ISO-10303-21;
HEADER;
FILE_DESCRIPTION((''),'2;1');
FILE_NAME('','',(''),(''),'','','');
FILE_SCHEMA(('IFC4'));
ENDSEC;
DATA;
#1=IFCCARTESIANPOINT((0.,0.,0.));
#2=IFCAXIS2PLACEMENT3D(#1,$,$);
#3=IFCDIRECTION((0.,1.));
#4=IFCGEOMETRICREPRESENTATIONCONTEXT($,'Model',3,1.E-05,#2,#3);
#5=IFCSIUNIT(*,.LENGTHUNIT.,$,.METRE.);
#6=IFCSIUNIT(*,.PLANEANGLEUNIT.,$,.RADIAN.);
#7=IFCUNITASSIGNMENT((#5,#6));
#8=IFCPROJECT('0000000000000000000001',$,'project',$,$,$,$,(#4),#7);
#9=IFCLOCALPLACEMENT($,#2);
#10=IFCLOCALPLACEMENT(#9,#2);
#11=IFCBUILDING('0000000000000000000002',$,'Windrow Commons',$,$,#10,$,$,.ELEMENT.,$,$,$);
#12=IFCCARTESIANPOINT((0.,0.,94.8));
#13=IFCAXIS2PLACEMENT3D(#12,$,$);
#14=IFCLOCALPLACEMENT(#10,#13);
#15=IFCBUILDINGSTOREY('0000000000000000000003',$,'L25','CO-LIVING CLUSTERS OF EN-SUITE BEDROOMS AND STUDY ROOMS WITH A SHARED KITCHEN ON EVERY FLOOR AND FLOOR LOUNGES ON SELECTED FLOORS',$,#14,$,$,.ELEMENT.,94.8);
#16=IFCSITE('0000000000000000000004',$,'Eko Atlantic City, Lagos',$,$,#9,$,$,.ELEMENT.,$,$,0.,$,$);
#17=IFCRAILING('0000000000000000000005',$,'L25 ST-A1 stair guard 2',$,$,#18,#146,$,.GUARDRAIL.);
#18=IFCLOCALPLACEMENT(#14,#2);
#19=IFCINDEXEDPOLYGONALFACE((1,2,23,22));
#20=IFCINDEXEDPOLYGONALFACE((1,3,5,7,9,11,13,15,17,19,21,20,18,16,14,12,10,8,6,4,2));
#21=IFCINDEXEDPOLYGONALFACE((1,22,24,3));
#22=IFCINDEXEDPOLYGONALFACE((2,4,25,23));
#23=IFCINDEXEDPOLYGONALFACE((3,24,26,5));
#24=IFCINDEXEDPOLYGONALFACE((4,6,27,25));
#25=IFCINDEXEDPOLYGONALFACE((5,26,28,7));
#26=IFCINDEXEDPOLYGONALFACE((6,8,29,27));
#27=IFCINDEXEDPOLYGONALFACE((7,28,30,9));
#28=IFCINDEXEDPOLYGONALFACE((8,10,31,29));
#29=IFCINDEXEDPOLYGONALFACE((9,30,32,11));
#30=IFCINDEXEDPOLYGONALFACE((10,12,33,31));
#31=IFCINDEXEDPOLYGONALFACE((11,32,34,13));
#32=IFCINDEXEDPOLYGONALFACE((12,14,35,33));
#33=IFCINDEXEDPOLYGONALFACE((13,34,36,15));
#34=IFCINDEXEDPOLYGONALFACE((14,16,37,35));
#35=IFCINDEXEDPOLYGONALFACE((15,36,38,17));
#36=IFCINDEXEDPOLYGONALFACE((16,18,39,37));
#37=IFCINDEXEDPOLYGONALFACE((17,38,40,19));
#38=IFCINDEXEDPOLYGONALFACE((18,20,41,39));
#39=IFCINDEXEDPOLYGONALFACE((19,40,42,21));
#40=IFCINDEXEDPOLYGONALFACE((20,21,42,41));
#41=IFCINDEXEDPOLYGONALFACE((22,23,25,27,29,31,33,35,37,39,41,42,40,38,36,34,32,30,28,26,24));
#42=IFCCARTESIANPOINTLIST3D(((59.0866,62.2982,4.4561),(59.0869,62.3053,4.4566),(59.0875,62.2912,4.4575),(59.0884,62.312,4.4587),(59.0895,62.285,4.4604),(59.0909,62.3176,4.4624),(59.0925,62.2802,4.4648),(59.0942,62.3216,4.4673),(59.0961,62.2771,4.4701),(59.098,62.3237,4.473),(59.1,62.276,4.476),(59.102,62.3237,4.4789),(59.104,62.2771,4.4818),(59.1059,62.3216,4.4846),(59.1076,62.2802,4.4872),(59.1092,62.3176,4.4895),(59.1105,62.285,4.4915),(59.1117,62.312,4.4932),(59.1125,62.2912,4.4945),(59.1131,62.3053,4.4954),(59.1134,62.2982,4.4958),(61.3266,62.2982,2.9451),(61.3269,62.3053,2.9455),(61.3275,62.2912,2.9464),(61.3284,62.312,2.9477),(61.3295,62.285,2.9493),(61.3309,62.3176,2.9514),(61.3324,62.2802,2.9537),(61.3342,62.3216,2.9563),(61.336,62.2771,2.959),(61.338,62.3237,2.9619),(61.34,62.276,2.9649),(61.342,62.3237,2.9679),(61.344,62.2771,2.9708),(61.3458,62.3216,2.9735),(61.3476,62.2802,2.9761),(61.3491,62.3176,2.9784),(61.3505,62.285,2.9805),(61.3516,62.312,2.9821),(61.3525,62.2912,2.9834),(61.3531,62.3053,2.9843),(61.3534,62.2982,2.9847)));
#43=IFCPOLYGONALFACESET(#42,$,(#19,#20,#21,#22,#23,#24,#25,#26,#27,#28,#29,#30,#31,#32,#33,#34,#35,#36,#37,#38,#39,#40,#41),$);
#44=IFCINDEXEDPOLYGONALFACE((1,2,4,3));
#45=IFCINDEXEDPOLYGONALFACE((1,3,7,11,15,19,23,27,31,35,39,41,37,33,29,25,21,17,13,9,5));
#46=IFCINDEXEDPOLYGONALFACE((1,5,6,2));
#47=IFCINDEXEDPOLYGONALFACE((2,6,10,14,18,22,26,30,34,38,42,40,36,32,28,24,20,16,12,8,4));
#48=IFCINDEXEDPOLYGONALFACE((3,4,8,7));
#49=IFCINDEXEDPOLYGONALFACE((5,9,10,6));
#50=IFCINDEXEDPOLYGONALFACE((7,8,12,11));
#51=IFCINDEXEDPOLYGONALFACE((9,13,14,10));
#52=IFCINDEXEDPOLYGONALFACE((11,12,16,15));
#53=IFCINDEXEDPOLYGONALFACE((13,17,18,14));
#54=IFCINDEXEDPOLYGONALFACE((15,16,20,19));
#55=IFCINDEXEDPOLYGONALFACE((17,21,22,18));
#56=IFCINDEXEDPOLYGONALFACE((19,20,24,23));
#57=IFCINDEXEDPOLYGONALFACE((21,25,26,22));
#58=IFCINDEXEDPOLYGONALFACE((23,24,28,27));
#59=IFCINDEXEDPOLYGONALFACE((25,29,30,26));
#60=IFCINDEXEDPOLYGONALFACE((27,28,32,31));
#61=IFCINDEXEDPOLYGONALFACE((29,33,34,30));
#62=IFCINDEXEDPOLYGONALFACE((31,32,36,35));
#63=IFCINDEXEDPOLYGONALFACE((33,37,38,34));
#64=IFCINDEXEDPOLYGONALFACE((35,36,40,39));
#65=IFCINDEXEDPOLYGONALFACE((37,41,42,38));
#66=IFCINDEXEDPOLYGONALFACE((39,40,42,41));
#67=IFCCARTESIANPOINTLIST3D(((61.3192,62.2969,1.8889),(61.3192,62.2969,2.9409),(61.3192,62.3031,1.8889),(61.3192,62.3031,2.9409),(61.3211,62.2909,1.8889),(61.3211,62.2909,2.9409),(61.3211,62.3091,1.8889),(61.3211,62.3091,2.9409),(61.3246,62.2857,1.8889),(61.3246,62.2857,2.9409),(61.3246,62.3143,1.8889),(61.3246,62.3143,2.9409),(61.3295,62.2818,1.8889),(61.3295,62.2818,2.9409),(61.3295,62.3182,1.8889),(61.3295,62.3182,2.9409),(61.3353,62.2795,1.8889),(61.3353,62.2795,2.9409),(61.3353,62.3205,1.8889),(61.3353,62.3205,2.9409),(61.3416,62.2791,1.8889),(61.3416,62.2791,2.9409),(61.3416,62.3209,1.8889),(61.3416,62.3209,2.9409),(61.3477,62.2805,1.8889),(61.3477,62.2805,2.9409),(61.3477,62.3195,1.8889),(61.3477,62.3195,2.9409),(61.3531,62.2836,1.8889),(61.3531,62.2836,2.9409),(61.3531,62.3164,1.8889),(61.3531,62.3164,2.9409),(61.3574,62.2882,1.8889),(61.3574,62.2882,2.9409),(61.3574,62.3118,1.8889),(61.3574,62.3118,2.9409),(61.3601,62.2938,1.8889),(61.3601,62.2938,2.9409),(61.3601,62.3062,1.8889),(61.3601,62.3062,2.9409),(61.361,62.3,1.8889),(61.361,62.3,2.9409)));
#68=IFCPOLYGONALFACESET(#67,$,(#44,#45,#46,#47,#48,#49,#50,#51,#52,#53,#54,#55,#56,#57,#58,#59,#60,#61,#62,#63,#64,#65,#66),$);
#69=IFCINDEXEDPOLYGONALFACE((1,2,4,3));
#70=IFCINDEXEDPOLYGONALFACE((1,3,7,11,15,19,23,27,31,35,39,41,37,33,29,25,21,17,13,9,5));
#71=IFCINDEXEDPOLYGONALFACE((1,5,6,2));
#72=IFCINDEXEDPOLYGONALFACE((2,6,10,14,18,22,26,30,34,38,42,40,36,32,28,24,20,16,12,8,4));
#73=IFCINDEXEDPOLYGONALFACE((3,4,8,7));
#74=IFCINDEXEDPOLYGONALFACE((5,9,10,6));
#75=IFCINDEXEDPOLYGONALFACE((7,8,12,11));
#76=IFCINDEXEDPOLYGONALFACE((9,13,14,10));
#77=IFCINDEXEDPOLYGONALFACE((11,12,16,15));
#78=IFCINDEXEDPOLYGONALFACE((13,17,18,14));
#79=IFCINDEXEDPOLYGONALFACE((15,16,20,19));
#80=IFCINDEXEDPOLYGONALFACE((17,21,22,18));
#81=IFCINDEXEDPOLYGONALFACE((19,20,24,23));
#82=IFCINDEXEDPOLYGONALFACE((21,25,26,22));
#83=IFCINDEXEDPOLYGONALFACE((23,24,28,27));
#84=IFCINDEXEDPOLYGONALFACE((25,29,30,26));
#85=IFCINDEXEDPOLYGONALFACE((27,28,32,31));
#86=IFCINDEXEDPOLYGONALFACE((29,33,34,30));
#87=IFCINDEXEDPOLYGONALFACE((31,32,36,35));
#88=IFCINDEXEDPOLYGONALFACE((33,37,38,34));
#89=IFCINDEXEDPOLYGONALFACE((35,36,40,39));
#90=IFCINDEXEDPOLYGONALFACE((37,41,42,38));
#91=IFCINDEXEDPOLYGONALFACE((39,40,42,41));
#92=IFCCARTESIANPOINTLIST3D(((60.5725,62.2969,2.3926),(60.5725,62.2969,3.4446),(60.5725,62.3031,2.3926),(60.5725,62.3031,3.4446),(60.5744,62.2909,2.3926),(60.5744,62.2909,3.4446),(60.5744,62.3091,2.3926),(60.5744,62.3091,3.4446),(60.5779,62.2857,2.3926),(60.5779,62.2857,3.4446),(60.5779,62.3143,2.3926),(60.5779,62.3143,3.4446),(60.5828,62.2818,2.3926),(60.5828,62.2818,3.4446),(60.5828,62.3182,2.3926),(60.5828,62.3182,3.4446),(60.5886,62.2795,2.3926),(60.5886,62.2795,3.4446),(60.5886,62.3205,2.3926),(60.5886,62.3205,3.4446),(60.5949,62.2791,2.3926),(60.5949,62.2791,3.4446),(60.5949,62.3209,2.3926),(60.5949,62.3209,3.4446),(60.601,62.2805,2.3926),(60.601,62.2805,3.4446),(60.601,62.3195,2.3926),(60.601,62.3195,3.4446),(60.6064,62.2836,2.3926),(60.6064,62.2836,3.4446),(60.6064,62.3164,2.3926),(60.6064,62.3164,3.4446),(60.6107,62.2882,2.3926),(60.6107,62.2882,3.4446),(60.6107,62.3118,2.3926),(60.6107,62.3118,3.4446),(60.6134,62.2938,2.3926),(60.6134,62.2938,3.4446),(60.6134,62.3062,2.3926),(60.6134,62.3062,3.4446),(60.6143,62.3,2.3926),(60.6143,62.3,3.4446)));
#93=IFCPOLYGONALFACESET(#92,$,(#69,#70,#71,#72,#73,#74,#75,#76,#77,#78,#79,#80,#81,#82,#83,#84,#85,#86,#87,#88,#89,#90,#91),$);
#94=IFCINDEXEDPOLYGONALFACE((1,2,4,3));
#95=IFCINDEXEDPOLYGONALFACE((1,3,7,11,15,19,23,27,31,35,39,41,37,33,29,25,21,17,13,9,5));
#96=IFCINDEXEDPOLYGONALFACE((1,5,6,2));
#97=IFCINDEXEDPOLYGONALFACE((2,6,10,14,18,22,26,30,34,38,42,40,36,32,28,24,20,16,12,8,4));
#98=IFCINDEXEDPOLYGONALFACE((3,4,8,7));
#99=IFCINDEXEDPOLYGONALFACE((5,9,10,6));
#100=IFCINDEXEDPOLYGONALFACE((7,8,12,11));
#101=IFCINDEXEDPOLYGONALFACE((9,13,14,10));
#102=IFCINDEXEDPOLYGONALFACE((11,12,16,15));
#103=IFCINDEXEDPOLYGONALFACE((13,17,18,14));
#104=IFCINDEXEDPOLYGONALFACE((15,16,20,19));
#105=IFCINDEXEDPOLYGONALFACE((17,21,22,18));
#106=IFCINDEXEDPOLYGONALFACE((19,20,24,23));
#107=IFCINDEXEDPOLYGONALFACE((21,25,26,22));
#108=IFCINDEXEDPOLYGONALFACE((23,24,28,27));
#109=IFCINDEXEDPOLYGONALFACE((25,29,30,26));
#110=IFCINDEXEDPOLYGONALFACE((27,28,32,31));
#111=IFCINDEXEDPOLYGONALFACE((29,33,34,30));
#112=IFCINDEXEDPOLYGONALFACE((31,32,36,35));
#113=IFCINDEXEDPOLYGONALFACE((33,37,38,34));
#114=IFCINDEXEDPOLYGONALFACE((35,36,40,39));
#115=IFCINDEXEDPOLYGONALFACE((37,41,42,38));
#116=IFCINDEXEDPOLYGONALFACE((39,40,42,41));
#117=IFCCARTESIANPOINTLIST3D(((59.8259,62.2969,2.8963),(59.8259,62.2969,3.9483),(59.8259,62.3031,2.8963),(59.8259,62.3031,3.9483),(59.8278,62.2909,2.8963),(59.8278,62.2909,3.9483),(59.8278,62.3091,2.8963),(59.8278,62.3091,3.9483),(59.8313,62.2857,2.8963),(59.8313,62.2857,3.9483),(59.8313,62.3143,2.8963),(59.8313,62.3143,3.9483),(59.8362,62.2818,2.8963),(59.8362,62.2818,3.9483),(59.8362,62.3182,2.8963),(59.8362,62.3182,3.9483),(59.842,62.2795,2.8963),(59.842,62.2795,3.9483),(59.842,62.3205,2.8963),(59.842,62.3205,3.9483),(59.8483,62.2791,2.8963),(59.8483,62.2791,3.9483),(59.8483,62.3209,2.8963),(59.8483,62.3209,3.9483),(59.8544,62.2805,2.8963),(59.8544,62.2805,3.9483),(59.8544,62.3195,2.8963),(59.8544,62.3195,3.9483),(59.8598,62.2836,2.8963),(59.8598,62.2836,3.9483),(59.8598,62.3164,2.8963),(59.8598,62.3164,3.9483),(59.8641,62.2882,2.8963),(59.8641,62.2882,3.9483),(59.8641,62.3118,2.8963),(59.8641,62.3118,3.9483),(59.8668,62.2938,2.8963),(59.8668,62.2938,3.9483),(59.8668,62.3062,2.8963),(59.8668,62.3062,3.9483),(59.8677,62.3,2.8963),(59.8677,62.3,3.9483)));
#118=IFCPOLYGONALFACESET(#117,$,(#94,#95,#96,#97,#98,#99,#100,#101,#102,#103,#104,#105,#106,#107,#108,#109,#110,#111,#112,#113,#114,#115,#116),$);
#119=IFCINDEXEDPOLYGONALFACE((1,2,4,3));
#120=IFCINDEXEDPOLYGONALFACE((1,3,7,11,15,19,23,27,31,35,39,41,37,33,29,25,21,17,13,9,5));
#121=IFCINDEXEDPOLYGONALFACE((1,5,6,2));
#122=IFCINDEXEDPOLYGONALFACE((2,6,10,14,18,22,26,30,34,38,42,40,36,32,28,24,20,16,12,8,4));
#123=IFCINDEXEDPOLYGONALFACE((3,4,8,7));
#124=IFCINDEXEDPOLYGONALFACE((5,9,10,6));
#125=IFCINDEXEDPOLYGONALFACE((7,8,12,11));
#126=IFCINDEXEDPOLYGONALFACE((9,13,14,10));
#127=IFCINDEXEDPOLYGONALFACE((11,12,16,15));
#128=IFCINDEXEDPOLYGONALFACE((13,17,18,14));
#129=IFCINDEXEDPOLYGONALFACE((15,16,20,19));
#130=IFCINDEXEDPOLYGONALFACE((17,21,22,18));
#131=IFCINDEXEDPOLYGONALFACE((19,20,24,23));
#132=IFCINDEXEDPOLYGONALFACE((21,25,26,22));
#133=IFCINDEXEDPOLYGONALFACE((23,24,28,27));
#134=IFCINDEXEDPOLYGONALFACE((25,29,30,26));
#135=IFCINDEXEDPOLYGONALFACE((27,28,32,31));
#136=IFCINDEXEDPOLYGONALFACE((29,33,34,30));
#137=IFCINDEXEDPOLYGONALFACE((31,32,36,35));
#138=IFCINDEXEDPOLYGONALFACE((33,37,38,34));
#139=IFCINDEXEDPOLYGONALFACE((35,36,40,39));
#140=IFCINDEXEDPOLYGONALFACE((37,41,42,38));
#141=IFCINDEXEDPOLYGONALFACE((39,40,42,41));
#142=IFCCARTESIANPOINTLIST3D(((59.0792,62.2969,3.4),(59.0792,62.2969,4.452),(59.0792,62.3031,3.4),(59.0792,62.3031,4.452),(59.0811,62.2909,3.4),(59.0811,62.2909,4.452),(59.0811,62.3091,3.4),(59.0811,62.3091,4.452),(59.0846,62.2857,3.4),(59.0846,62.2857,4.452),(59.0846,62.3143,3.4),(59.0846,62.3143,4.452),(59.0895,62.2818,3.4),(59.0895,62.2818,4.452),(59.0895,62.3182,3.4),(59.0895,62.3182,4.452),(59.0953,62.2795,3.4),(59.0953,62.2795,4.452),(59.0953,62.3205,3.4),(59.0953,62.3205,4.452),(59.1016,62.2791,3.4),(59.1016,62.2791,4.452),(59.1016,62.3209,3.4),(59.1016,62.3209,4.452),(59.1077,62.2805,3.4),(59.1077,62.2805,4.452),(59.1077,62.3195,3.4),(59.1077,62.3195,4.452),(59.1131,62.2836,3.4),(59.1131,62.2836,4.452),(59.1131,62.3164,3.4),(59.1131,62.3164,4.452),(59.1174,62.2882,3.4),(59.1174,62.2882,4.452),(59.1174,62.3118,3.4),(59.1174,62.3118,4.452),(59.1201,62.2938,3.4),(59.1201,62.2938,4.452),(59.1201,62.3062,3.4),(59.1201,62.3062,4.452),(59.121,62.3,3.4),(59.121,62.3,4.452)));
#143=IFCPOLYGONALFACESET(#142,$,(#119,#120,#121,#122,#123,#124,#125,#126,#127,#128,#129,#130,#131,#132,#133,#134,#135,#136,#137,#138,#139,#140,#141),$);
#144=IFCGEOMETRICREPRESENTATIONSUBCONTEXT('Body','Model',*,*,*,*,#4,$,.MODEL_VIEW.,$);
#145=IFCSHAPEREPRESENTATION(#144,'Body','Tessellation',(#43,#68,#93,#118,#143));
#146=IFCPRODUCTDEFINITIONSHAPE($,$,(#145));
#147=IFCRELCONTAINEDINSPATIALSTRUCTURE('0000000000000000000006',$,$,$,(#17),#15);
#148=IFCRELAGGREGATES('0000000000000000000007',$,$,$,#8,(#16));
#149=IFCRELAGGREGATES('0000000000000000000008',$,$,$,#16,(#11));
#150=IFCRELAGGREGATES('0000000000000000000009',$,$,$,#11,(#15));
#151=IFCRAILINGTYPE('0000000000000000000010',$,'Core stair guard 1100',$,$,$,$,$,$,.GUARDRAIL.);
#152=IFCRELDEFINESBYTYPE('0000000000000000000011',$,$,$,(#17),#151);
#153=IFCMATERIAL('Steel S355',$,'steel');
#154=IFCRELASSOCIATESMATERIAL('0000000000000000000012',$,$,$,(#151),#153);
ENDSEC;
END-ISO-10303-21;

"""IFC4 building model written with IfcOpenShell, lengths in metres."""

from ifc_helpers import new_model, si_unit, direction, frame, origin, origin_2d, place, context, subcontext, project, spatial, circle, extrude, material, type_object, element, save


model = new_model("IFC4")

# Units and contexts
model_context = context("Model", 3, precision=1e-05, world=origin(), true_north=direction((0.0, 1.0)))
body_context = subcontext(model_context, "Body", "Model", "MODEL_VIEW")
ifc_project = project(units=[si_unit("LENGTHUNIT", "METRE"), si_unit("PLANEANGLEUNIT", "RADIAN")], contexts=[model_context])

# Site, building, storey
site_placement = place(None, origin())
site = spatial("IfcSite", under=ifc_project, at=site_placement, Name="Eko Atlantic City, Lagos", CompositionType="ELEMENT", RefElevation=0.0)
building_placement = place(site_placement, origin())
building = spatial("IfcBuilding", under=site, at=building_placement, Name="Windrow Commons", CompositionType="ELEMENT")
storey_placement = place(building_placement, frame((0.0, 0.0, 94.8)))
storey = spatial("IfcBuildingStorey", under=building, at=storey_placement, Name="L25", Description="CO-LIVING CLUSTERS OF EN-SUITE BEDROOMS AND STUDY ROOMS WITH A SHARED KITCHEN ON EVERY FLOOR AND FLOOR LOUNGES ON SELECTED FLOORS", CompositionType="ELEMENT", Elevation=94.8)

# Railing
ifc_material_1 = material(Name="Steel S355", Category="steel")
railing_type_1 = type_object("IfcRailingType", Name="Core stair guard 1100", PredefinedType="GUARDRAIL", material=ifc_material_1)
railing_1_placement = place(storey_placement, frame((61.34, 62.3, 1.8889)))
element("IfcRailing", 1, at=railing_1_placement, inside=storey, type_object=railing_type_1, Name="L25 ST-A1 stair guard 2", PredefinedType="GUARDRAIL", context=body_context, shape_type="SweptSolid", body=[
    extrude(circle(Radius=0.024, at=origin_2d()), frame((0.0, 0.0, 1.076), z_axis=(-0.829003, 0.0, 0.559244), x_axis=(0.0, -1.0, 0.0)), (0.0, 0.0, 1.0), 2.702),
    extrude(circle(Radius=0.021, at=origin_2d()), origin(), (0.0, 0.0, 1.0), 1.052),
    extrude(circle(Radius=0.021, at=origin_2d()), frame((-0.7467, 0.0, 0.5037)), (0.0, 0.0, 1.0), 1.052),
    extrude(circle(Radius=0.021, at=origin_2d()), frame((-1.4933, 0.0, 1.0074)), (0.0, 0.0, 1.0), 1.052),
    extrude(circle(Radius=0.021, at=origin_2d()), frame((-2.24, 0.0, 1.5111)), (0.0, 0.0, 1.0), 1.052),
])

save(model, "model.ifc")
